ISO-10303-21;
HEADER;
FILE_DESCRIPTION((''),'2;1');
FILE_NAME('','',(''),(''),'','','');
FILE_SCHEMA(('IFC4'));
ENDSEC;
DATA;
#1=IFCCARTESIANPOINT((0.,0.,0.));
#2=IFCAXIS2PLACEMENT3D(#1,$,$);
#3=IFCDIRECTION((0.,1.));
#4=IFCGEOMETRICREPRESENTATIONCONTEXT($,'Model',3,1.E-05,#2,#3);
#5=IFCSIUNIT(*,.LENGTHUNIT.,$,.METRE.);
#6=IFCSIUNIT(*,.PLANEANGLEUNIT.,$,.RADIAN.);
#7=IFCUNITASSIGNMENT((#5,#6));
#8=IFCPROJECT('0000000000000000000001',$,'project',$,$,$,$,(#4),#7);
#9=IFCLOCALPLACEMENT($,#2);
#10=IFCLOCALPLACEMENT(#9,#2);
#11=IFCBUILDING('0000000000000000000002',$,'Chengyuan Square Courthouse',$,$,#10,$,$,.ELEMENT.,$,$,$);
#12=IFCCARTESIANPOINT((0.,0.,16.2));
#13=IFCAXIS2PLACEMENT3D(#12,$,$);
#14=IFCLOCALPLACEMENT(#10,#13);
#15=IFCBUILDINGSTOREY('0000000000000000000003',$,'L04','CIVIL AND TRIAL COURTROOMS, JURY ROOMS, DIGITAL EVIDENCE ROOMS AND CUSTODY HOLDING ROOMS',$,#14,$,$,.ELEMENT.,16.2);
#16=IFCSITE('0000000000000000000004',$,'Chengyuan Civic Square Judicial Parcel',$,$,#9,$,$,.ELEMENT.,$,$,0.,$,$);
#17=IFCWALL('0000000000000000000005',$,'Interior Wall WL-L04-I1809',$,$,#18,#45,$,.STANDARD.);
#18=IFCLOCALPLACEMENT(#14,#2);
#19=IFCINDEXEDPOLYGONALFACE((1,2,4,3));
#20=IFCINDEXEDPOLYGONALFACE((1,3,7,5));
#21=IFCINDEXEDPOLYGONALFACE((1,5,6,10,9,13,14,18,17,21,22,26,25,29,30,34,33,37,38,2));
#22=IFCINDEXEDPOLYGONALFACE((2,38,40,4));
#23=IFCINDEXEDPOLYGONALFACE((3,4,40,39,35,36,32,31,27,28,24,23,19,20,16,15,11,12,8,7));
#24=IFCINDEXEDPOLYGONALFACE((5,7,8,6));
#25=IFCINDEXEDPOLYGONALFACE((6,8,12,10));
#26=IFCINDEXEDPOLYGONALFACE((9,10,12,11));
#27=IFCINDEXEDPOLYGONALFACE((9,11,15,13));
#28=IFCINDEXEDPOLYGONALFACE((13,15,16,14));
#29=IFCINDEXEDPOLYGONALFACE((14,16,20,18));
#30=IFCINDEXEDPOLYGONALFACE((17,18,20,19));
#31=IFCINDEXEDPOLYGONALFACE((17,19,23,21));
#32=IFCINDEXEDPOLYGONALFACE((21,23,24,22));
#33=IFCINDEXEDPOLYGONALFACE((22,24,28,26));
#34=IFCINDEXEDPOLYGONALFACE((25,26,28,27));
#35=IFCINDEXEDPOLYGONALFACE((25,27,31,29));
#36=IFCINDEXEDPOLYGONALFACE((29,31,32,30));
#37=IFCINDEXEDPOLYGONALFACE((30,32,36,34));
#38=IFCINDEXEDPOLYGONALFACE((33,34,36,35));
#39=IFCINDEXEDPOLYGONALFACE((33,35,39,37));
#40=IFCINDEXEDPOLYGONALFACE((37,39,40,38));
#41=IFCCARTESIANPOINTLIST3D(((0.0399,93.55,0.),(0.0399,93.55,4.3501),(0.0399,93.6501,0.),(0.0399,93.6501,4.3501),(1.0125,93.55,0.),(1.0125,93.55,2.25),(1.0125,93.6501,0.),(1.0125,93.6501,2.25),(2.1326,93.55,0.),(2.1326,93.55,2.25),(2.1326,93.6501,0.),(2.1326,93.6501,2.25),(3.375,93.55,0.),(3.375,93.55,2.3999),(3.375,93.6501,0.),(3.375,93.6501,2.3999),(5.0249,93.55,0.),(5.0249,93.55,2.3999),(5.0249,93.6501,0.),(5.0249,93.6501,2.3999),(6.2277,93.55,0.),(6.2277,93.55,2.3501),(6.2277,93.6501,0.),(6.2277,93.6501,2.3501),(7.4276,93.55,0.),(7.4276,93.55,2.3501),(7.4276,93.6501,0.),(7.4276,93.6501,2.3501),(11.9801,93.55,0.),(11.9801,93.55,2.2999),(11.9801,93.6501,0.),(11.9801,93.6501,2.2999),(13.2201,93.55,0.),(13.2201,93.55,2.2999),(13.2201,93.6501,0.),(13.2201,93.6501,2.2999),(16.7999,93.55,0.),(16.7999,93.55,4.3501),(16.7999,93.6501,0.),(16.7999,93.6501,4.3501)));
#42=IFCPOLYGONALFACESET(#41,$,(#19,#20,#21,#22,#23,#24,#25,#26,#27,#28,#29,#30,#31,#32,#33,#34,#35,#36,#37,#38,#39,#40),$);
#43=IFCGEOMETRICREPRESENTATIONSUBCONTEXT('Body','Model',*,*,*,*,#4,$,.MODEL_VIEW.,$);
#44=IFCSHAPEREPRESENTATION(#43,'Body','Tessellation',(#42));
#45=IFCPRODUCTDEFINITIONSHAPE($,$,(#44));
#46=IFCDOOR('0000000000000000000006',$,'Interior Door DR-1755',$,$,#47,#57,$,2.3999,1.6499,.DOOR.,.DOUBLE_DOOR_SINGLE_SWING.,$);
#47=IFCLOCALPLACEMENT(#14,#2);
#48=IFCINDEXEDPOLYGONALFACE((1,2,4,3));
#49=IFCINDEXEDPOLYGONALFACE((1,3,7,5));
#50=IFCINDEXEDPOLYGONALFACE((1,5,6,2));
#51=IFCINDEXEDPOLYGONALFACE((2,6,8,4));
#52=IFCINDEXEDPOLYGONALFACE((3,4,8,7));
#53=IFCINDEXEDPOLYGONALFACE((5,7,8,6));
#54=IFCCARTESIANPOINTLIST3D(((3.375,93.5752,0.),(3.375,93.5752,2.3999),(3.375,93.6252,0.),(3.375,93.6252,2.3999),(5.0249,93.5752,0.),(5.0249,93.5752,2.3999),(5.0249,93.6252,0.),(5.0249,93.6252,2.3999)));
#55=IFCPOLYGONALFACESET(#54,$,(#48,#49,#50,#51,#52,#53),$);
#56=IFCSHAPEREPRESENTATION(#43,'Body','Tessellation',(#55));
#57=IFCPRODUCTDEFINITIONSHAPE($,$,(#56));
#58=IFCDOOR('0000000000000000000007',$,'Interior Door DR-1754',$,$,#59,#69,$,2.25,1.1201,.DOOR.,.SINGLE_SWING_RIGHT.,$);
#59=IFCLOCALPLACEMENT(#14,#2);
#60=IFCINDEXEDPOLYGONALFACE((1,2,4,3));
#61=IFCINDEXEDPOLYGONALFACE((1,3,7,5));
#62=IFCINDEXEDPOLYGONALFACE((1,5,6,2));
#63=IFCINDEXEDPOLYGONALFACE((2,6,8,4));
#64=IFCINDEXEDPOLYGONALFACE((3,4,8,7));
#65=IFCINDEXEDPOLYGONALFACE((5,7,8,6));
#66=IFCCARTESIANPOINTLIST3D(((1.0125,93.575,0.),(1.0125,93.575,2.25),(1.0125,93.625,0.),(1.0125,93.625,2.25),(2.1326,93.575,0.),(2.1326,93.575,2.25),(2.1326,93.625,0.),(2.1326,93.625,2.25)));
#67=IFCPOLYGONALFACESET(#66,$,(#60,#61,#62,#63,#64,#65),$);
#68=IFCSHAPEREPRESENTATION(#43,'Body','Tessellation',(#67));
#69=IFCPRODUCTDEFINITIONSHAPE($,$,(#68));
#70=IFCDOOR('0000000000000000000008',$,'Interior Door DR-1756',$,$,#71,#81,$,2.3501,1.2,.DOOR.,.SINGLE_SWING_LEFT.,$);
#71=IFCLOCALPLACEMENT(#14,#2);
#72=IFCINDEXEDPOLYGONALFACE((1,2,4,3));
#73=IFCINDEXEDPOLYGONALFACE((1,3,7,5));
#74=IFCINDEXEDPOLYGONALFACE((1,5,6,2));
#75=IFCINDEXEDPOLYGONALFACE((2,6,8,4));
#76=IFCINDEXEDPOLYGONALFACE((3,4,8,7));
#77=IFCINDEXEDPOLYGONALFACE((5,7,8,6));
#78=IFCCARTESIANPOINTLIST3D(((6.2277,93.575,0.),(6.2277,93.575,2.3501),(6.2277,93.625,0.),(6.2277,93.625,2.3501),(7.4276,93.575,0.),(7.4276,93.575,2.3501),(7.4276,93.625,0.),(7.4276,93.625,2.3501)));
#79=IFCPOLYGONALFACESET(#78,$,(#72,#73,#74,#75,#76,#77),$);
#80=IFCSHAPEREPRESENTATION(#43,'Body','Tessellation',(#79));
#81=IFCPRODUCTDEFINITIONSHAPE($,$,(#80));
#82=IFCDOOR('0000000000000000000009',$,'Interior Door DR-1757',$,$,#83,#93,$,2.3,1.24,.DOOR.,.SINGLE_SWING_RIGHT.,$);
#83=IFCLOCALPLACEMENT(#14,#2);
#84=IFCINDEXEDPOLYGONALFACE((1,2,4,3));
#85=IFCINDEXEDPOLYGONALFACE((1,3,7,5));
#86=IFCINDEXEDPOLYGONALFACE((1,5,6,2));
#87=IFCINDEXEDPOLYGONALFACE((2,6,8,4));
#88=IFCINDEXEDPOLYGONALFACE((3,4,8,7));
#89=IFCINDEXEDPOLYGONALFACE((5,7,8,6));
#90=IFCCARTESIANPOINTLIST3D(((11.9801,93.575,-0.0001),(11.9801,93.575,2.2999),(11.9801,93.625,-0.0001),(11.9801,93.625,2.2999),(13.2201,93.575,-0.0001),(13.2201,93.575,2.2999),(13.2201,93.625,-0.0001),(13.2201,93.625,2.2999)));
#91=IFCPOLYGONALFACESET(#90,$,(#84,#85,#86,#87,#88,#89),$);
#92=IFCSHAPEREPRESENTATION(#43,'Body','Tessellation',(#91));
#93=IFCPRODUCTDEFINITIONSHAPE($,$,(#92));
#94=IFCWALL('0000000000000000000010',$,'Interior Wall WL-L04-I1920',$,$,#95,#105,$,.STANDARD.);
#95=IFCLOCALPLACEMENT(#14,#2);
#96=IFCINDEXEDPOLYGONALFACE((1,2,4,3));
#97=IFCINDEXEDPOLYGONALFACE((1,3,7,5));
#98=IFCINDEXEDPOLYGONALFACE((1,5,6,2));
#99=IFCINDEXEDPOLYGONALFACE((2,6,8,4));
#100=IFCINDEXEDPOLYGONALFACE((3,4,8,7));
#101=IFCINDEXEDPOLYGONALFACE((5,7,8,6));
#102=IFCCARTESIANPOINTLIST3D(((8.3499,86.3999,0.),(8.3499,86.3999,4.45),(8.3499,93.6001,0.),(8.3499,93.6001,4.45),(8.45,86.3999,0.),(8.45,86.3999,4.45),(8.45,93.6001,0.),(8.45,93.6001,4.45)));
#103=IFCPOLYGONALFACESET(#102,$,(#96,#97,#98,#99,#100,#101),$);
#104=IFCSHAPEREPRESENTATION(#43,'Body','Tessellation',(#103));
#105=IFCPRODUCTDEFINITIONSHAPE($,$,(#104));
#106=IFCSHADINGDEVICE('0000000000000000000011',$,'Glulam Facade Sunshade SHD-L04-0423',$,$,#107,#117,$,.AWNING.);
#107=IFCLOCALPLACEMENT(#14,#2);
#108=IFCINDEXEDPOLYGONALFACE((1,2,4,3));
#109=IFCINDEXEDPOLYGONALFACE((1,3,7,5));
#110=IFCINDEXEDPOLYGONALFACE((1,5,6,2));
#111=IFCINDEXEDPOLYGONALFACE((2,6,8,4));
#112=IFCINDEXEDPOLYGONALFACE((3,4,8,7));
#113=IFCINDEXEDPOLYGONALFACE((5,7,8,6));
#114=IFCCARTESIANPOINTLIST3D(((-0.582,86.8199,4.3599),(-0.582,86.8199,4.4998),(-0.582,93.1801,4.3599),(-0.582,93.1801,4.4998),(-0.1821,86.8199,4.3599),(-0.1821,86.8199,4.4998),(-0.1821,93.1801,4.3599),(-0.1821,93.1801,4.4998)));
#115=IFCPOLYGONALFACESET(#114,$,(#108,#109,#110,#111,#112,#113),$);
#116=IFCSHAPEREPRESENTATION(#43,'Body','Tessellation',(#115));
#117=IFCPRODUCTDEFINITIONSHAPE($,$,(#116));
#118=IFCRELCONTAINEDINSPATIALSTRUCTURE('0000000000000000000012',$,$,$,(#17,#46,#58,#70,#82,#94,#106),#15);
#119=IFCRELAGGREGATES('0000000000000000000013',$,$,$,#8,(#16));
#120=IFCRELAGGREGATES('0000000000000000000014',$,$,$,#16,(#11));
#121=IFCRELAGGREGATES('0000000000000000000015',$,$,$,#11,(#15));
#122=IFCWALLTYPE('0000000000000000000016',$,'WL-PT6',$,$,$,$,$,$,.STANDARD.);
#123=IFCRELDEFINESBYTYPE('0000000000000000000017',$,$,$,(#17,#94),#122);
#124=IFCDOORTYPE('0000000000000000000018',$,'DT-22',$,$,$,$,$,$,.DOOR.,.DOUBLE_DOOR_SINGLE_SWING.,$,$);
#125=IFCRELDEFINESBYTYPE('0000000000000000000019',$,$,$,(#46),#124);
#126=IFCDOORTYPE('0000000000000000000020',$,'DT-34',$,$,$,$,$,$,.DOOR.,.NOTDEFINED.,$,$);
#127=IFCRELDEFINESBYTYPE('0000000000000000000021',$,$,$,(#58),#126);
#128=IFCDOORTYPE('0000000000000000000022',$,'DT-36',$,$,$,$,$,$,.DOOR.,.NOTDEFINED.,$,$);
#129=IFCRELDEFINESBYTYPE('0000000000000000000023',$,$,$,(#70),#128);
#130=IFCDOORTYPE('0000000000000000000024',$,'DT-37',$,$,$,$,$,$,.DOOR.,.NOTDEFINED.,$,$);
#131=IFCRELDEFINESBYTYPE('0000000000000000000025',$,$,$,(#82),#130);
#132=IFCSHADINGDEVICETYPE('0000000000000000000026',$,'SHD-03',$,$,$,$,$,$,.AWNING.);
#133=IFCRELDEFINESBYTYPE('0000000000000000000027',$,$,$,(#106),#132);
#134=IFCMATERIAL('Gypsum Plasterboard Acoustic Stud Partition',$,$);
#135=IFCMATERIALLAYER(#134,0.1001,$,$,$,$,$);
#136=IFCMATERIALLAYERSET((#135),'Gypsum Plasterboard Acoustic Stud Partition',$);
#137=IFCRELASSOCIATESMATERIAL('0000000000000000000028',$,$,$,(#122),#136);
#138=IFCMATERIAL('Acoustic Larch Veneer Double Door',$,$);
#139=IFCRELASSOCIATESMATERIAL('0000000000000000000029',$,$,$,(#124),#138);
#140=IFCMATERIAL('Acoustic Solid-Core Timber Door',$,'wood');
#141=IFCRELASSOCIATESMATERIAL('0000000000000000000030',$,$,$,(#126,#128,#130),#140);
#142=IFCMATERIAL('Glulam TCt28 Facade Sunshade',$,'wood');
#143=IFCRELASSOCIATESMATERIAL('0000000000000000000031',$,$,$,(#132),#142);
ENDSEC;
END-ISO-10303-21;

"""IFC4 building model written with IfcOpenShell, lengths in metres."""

from ifc_helpers import new_model, si_unit, direction, frame, frame_2d, origin, origin_2d, place, context, subcontext, project, spatial, rectangle, extrude, material, layer, layer_set, type_object, element, fill, save


model = new_model("IFC4")

# Units and contexts
model_context = context("Model", 3, precision=1e-05, world=origin(), true_north=direction((0.0, 1.0)))
body_context = subcontext(model_context, "Body", "Model", "MODEL_VIEW")
ifc_project = project(units=[si_unit("LENGTHUNIT", "METRE"), si_unit("PLANEANGLEUNIT", "RADIAN")], contexts=[model_context])

# Site, building, storey
site_placement = place(None, origin())
site = spatial("IfcSite", under=ifc_project, at=site_placement, Name="Chengyuan Civic Square Judicial Parcel", CompositionType="ELEMENT", RefElevation=0.0)
building_placement = place(site_placement, origin())
building = spatial("IfcBuilding", under=site, at=building_placement, Name="Chengyuan Square Courthouse", CompositionType="ELEMENT")
storey_placement = place(building_placement, frame((0.0, 0.0, 16.2)))
storey = spatial("IfcBuildingStorey", under=building, at=storey_placement, Name="L04", Description="CIVIL AND TRIAL COURTROOMS, JURY ROOMS, DIGITAL EVIDENCE ROOMS AND CUSTODY HOLDING ROOMS", CompositionType="ELEMENT", Elevation=16.2)

# Wall, openings, doors
ifc_material_1 = material(Name="Gypsum Plasterboard Acoustic Stud Partition")
ifc_layer_1 = layer(ifc_material_1, 0.1001)
ifc_layer_set_1 = layer_set([ifc_layer_1], Name="Gypsum Plasterboard Acoustic Stud Partition")
wall_type_1 = type_object("IfcWallType", Name="WL-PT6", PredefinedType="STANDARD", material=ifc_layer_set_1)
wall_1_placement = place(storey_placement, frame((0.04, 93.6001, 0.0), z_axis=(0.0, 0.0, 1.0), x_axis=(1.0, 0.0, 0.0)))
wall_1 = element("IfcWall", 1, at=wall_1_placement, inside=storey, type_object=wall_type_1, Name="Interior Wall WL-L04-I1809", PredefinedType="STANDARD", context=body_context, shape_type="SweptSolid", body=[
    extrude(rectangle(XDim=16.76, YDim=0.1001, at=frame_2d((8.3799, 0.0))), origin(), (0.0, 0.0, 1.0), 4.3501),
])
opening_1_placement = place(wall_1_placement, frame((0.9724, 0.0, 0.0)))
opening_1 = element("IfcOpeningElement", 2, at=opening_1_placement, cuts=wall_1, PredefinedType="OPENING", context=body_context, shape_type="SweptSolid", body=[
    extrude(rectangle(XDim=1.1201, YDim=2.25, at=frame_2d((0.5601, 1.125))), frame((0.0, 0.062, 0.0), z_axis=(0.0, -1.0, 0.0), x_axis=(1.0, 0.0, 0.0)), (0.0, 0.0, 1.0), 0.124),
])
opening_2_placement = place(wall_1_placement, frame((3.335, 0.0, 0.0)))
opening_2 = element("IfcOpeningElement", 3, at=opening_2_placement, cuts=wall_1, PredefinedType="OPENING", context=body_context, shape_type="SweptSolid", body=[
    extrude(rectangle(XDim=1.6499, YDim=2.3999, at=frame_2d((0.825, 1.2))), frame((0.0, 0.062, 0.0), z_axis=(0.0, -1.0, 0.0), x_axis=(1.0, 0.0, 0.0)), (0.0, 0.0, 1.0), 0.124),
])
opening_3_placement = place(wall_1_placement, frame((6.1875, 0.0, 0.0)))
opening_3 = element("IfcOpeningElement", 4, at=opening_3_placement, cuts=wall_1, PredefinedType="OPENING", context=body_context, shape_type="SweptSolid", body=[
    extrude(rectangle(XDim=1.2, YDim=2.3501, at=frame_2d((0.6001, 1.175))), frame((0.0, 0.062, 0.0), z_axis=(0.0, -1.0, 0.0), x_axis=(1.0, 0.0, 0.0)), (0.0, 0.0, 1.0), 0.124),
])
opening_4_placement = place(wall_1_placement, frame((11.9399, 0.0, 0.0)))
opening_4 = element("IfcOpeningElement", 5, at=opening_4_placement, cuts=wall_1, PredefinedType="OPENING", context=body_context, shape_type="SweptSolid", body=[
    extrude(rectangle(XDim=1.24, YDim=2.3, at=frame_2d((0.6201, 1.1499))), frame((0.0, 0.062, 0.0), z_axis=(0.0, -1.0, 0.0), x_axis=(1.0, 0.0, 0.0)), (0.0, 0.0, 1.0), 0.124),
])
ifc_material_2 = material(Name="Acoustic Larch Veneer Double Door")
door_type_1 = type_object("IfcDoorType", Name="DT-22", OperationType="DOUBLE_DOOR_SINGLE_SWING", PredefinedType="DOOR", material=ifc_material_2)
door_1_placement = place(opening_2_placement, frame((1.6499, 0.0, 0.0), z_axis=(0.0, 0.0, 1.0), x_axis=(-1.0, 0.0, 0.0)))
door_1 = element("IfcDoor", 6, at=door_1_placement, inside=storey, type_object=door_type_1, Name="Interior Door DR-1755", OperationType="DOUBLE_DOOR_SINGLE_SWING", OverallHeight=2.3999, OverallWidth=1.6499, PredefinedType="DOOR", context=body_context, shape_type="SweptSolid", body=[
    extrude(rectangle(XDim=1.6499, YDim=2.3999, at=frame_2d((0.825, 1.2))), frame((0.0, 0.0249, 0.0), z_axis=(0.0, -1.0, 0.0), x_axis=(1.0, 0.0, 0.0)), (0.0, 0.0, 1.0), 0.05),
])
fill(opening_2, door_1)
ifc_material_3 = material(Name="Acoustic Solid-Core Timber Door", Category="wood")
door_type_2 = type_object("IfcDoorType", Name="DT-34", OperationType="NOTDEFINED", PredefinedType="DOOR", material=ifc_material_3)
door_2_placement = place(opening_1_placement, origin())
door_2 = element("IfcDoor", 7, at=door_2_placement, inside=storey, type_object=door_type_2, Name="Interior Door DR-1754", OperationType="SINGLE_SWING_RIGHT", OverallHeight=2.25, OverallWidth=1.1201, PredefinedType="DOOR", context=body_context, shape_type="SweptSolid", body=[
    extrude(rectangle(XDim=1.1201, YDim=2.25, at=frame_2d((0.5601, 1.125))), frame((0.0, 0.0249, 0.0), z_axis=(0.0, -1.0, 0.0), x_axis=(1.0, 0.0, 0.0)), (0.0, 0.0, 1.0), 0.05),
])
fill(opening_1, door_2)
door_type_3 = type_object("IfcDoorType", Name="DT-36", OperationType="NOTDEFINED", PredefinedType="DOOR", material=ifc_material_3)
door_3_placement = place(opening_3_placement, origin())
door_3 = element("IfcDoor", 8, at=door_3_placement, inside=storey, type_object=door_type_3, Name="Interior Door DR-1756", OperationType="SINGLE_SWING_LEFT", OverallHeight=2.3501, OverallWidth=1.2, PredefinedType="DOOR", context=body_context, shape_type="SweptSolid", body=[
    extrude(rectangle(XDim=1.2, YDim=2.3501, at=frame_2d((0.6001, 1.175))), frame((0.0, 0.0249, 0.0), z_axis=(0.0, -1.0, 0.0), x_axis=(1.0, 0.0, 0.0)), (0.0, 0.0, 1.0), 0.05),
])
fill(opening_3, door_3)
door_type_4 = type_object("IfcDoorType", Name="DT-37", OperationType="NOTDEFINED", PredefinedType="DOOR", material=ifc_material_3)
door_4_placement = place(opening_4_placement, origin())
door_4 = element("IfcDoor", 9, at=door_4_placement, inside=storey, type_object=door_type_4, Name="Interior Door DR-1757", OperationType="SINGLE_SWING_RIGHT", OverallHeight=2.3, OverallWidth=1.24, PredefinedType="DOOR", context=body_context, shape_type="SweptSolid", body=[
    extrude(rectangle(XDim=1.24, YDim=2.3, at=frame_2d((0.6201, 1.1499))), frame((0.0, 0.0249, 0.0), z_axis=(0.0, -1.0, 0.0), x_axis=(1.0, 0.0, 0.0)), (0.0, 0.0, 1.0), 0.05),
])
fill(opening_4, door_4)

# Wall
wall_2_placement = place(storey_placement, frame((8.3999, 86.3999, 0.0), z_axis=(0.0, 0.0, 1.0), x_axis=(0.0, 1.0, 0.0)))
element("IfcWall", 10, at=wall_2_placement, inside=storey, type_object=wall_type_1, Name="Interior Wall WL-L04-I1920", PredefinedType="STANDARD", context=body_context, shape_type="SweptSolid", body=[
    extrude(rectangle(XDim=7.2002, YDim=0.1001, at=frame_2d((3.6001, 0.0))), origin(), (0.0, 0.0, 1.0), 4.45),
])

# Shading device
ifc_material_4 = material(Name="Glulam TCt28 Facade Sunshade", Category="wood")
shading_device_type = type_object("IfcShadingDeviceType", Name="SHD-03", PredefinedType="AWNING", material=ifc_material_4)
shading_device_placement = place(storey_placement, frame((-0.3821, 90.0, 4.3599), z_axis=(0.0, 0.0, 1.0), x_axis=(0.0, 1.0, 0.0)))
element("IfcShadingDevice", 11, at=shading_device_placement, inside=storey, type_object=shading_device_type, Name="Glulam Facade Sunshade SHD-L04-0423", PredefinedType="AWNING", context=body_context, shape_type="SweptSolid", body=[
    extrude(rectangle(XDim=6.3601, YDim=0.3999, at=origin_2d()), origin(), (0.0, 0.0, 1.0), 0.1399),
])

save(model, "model.ifc")
